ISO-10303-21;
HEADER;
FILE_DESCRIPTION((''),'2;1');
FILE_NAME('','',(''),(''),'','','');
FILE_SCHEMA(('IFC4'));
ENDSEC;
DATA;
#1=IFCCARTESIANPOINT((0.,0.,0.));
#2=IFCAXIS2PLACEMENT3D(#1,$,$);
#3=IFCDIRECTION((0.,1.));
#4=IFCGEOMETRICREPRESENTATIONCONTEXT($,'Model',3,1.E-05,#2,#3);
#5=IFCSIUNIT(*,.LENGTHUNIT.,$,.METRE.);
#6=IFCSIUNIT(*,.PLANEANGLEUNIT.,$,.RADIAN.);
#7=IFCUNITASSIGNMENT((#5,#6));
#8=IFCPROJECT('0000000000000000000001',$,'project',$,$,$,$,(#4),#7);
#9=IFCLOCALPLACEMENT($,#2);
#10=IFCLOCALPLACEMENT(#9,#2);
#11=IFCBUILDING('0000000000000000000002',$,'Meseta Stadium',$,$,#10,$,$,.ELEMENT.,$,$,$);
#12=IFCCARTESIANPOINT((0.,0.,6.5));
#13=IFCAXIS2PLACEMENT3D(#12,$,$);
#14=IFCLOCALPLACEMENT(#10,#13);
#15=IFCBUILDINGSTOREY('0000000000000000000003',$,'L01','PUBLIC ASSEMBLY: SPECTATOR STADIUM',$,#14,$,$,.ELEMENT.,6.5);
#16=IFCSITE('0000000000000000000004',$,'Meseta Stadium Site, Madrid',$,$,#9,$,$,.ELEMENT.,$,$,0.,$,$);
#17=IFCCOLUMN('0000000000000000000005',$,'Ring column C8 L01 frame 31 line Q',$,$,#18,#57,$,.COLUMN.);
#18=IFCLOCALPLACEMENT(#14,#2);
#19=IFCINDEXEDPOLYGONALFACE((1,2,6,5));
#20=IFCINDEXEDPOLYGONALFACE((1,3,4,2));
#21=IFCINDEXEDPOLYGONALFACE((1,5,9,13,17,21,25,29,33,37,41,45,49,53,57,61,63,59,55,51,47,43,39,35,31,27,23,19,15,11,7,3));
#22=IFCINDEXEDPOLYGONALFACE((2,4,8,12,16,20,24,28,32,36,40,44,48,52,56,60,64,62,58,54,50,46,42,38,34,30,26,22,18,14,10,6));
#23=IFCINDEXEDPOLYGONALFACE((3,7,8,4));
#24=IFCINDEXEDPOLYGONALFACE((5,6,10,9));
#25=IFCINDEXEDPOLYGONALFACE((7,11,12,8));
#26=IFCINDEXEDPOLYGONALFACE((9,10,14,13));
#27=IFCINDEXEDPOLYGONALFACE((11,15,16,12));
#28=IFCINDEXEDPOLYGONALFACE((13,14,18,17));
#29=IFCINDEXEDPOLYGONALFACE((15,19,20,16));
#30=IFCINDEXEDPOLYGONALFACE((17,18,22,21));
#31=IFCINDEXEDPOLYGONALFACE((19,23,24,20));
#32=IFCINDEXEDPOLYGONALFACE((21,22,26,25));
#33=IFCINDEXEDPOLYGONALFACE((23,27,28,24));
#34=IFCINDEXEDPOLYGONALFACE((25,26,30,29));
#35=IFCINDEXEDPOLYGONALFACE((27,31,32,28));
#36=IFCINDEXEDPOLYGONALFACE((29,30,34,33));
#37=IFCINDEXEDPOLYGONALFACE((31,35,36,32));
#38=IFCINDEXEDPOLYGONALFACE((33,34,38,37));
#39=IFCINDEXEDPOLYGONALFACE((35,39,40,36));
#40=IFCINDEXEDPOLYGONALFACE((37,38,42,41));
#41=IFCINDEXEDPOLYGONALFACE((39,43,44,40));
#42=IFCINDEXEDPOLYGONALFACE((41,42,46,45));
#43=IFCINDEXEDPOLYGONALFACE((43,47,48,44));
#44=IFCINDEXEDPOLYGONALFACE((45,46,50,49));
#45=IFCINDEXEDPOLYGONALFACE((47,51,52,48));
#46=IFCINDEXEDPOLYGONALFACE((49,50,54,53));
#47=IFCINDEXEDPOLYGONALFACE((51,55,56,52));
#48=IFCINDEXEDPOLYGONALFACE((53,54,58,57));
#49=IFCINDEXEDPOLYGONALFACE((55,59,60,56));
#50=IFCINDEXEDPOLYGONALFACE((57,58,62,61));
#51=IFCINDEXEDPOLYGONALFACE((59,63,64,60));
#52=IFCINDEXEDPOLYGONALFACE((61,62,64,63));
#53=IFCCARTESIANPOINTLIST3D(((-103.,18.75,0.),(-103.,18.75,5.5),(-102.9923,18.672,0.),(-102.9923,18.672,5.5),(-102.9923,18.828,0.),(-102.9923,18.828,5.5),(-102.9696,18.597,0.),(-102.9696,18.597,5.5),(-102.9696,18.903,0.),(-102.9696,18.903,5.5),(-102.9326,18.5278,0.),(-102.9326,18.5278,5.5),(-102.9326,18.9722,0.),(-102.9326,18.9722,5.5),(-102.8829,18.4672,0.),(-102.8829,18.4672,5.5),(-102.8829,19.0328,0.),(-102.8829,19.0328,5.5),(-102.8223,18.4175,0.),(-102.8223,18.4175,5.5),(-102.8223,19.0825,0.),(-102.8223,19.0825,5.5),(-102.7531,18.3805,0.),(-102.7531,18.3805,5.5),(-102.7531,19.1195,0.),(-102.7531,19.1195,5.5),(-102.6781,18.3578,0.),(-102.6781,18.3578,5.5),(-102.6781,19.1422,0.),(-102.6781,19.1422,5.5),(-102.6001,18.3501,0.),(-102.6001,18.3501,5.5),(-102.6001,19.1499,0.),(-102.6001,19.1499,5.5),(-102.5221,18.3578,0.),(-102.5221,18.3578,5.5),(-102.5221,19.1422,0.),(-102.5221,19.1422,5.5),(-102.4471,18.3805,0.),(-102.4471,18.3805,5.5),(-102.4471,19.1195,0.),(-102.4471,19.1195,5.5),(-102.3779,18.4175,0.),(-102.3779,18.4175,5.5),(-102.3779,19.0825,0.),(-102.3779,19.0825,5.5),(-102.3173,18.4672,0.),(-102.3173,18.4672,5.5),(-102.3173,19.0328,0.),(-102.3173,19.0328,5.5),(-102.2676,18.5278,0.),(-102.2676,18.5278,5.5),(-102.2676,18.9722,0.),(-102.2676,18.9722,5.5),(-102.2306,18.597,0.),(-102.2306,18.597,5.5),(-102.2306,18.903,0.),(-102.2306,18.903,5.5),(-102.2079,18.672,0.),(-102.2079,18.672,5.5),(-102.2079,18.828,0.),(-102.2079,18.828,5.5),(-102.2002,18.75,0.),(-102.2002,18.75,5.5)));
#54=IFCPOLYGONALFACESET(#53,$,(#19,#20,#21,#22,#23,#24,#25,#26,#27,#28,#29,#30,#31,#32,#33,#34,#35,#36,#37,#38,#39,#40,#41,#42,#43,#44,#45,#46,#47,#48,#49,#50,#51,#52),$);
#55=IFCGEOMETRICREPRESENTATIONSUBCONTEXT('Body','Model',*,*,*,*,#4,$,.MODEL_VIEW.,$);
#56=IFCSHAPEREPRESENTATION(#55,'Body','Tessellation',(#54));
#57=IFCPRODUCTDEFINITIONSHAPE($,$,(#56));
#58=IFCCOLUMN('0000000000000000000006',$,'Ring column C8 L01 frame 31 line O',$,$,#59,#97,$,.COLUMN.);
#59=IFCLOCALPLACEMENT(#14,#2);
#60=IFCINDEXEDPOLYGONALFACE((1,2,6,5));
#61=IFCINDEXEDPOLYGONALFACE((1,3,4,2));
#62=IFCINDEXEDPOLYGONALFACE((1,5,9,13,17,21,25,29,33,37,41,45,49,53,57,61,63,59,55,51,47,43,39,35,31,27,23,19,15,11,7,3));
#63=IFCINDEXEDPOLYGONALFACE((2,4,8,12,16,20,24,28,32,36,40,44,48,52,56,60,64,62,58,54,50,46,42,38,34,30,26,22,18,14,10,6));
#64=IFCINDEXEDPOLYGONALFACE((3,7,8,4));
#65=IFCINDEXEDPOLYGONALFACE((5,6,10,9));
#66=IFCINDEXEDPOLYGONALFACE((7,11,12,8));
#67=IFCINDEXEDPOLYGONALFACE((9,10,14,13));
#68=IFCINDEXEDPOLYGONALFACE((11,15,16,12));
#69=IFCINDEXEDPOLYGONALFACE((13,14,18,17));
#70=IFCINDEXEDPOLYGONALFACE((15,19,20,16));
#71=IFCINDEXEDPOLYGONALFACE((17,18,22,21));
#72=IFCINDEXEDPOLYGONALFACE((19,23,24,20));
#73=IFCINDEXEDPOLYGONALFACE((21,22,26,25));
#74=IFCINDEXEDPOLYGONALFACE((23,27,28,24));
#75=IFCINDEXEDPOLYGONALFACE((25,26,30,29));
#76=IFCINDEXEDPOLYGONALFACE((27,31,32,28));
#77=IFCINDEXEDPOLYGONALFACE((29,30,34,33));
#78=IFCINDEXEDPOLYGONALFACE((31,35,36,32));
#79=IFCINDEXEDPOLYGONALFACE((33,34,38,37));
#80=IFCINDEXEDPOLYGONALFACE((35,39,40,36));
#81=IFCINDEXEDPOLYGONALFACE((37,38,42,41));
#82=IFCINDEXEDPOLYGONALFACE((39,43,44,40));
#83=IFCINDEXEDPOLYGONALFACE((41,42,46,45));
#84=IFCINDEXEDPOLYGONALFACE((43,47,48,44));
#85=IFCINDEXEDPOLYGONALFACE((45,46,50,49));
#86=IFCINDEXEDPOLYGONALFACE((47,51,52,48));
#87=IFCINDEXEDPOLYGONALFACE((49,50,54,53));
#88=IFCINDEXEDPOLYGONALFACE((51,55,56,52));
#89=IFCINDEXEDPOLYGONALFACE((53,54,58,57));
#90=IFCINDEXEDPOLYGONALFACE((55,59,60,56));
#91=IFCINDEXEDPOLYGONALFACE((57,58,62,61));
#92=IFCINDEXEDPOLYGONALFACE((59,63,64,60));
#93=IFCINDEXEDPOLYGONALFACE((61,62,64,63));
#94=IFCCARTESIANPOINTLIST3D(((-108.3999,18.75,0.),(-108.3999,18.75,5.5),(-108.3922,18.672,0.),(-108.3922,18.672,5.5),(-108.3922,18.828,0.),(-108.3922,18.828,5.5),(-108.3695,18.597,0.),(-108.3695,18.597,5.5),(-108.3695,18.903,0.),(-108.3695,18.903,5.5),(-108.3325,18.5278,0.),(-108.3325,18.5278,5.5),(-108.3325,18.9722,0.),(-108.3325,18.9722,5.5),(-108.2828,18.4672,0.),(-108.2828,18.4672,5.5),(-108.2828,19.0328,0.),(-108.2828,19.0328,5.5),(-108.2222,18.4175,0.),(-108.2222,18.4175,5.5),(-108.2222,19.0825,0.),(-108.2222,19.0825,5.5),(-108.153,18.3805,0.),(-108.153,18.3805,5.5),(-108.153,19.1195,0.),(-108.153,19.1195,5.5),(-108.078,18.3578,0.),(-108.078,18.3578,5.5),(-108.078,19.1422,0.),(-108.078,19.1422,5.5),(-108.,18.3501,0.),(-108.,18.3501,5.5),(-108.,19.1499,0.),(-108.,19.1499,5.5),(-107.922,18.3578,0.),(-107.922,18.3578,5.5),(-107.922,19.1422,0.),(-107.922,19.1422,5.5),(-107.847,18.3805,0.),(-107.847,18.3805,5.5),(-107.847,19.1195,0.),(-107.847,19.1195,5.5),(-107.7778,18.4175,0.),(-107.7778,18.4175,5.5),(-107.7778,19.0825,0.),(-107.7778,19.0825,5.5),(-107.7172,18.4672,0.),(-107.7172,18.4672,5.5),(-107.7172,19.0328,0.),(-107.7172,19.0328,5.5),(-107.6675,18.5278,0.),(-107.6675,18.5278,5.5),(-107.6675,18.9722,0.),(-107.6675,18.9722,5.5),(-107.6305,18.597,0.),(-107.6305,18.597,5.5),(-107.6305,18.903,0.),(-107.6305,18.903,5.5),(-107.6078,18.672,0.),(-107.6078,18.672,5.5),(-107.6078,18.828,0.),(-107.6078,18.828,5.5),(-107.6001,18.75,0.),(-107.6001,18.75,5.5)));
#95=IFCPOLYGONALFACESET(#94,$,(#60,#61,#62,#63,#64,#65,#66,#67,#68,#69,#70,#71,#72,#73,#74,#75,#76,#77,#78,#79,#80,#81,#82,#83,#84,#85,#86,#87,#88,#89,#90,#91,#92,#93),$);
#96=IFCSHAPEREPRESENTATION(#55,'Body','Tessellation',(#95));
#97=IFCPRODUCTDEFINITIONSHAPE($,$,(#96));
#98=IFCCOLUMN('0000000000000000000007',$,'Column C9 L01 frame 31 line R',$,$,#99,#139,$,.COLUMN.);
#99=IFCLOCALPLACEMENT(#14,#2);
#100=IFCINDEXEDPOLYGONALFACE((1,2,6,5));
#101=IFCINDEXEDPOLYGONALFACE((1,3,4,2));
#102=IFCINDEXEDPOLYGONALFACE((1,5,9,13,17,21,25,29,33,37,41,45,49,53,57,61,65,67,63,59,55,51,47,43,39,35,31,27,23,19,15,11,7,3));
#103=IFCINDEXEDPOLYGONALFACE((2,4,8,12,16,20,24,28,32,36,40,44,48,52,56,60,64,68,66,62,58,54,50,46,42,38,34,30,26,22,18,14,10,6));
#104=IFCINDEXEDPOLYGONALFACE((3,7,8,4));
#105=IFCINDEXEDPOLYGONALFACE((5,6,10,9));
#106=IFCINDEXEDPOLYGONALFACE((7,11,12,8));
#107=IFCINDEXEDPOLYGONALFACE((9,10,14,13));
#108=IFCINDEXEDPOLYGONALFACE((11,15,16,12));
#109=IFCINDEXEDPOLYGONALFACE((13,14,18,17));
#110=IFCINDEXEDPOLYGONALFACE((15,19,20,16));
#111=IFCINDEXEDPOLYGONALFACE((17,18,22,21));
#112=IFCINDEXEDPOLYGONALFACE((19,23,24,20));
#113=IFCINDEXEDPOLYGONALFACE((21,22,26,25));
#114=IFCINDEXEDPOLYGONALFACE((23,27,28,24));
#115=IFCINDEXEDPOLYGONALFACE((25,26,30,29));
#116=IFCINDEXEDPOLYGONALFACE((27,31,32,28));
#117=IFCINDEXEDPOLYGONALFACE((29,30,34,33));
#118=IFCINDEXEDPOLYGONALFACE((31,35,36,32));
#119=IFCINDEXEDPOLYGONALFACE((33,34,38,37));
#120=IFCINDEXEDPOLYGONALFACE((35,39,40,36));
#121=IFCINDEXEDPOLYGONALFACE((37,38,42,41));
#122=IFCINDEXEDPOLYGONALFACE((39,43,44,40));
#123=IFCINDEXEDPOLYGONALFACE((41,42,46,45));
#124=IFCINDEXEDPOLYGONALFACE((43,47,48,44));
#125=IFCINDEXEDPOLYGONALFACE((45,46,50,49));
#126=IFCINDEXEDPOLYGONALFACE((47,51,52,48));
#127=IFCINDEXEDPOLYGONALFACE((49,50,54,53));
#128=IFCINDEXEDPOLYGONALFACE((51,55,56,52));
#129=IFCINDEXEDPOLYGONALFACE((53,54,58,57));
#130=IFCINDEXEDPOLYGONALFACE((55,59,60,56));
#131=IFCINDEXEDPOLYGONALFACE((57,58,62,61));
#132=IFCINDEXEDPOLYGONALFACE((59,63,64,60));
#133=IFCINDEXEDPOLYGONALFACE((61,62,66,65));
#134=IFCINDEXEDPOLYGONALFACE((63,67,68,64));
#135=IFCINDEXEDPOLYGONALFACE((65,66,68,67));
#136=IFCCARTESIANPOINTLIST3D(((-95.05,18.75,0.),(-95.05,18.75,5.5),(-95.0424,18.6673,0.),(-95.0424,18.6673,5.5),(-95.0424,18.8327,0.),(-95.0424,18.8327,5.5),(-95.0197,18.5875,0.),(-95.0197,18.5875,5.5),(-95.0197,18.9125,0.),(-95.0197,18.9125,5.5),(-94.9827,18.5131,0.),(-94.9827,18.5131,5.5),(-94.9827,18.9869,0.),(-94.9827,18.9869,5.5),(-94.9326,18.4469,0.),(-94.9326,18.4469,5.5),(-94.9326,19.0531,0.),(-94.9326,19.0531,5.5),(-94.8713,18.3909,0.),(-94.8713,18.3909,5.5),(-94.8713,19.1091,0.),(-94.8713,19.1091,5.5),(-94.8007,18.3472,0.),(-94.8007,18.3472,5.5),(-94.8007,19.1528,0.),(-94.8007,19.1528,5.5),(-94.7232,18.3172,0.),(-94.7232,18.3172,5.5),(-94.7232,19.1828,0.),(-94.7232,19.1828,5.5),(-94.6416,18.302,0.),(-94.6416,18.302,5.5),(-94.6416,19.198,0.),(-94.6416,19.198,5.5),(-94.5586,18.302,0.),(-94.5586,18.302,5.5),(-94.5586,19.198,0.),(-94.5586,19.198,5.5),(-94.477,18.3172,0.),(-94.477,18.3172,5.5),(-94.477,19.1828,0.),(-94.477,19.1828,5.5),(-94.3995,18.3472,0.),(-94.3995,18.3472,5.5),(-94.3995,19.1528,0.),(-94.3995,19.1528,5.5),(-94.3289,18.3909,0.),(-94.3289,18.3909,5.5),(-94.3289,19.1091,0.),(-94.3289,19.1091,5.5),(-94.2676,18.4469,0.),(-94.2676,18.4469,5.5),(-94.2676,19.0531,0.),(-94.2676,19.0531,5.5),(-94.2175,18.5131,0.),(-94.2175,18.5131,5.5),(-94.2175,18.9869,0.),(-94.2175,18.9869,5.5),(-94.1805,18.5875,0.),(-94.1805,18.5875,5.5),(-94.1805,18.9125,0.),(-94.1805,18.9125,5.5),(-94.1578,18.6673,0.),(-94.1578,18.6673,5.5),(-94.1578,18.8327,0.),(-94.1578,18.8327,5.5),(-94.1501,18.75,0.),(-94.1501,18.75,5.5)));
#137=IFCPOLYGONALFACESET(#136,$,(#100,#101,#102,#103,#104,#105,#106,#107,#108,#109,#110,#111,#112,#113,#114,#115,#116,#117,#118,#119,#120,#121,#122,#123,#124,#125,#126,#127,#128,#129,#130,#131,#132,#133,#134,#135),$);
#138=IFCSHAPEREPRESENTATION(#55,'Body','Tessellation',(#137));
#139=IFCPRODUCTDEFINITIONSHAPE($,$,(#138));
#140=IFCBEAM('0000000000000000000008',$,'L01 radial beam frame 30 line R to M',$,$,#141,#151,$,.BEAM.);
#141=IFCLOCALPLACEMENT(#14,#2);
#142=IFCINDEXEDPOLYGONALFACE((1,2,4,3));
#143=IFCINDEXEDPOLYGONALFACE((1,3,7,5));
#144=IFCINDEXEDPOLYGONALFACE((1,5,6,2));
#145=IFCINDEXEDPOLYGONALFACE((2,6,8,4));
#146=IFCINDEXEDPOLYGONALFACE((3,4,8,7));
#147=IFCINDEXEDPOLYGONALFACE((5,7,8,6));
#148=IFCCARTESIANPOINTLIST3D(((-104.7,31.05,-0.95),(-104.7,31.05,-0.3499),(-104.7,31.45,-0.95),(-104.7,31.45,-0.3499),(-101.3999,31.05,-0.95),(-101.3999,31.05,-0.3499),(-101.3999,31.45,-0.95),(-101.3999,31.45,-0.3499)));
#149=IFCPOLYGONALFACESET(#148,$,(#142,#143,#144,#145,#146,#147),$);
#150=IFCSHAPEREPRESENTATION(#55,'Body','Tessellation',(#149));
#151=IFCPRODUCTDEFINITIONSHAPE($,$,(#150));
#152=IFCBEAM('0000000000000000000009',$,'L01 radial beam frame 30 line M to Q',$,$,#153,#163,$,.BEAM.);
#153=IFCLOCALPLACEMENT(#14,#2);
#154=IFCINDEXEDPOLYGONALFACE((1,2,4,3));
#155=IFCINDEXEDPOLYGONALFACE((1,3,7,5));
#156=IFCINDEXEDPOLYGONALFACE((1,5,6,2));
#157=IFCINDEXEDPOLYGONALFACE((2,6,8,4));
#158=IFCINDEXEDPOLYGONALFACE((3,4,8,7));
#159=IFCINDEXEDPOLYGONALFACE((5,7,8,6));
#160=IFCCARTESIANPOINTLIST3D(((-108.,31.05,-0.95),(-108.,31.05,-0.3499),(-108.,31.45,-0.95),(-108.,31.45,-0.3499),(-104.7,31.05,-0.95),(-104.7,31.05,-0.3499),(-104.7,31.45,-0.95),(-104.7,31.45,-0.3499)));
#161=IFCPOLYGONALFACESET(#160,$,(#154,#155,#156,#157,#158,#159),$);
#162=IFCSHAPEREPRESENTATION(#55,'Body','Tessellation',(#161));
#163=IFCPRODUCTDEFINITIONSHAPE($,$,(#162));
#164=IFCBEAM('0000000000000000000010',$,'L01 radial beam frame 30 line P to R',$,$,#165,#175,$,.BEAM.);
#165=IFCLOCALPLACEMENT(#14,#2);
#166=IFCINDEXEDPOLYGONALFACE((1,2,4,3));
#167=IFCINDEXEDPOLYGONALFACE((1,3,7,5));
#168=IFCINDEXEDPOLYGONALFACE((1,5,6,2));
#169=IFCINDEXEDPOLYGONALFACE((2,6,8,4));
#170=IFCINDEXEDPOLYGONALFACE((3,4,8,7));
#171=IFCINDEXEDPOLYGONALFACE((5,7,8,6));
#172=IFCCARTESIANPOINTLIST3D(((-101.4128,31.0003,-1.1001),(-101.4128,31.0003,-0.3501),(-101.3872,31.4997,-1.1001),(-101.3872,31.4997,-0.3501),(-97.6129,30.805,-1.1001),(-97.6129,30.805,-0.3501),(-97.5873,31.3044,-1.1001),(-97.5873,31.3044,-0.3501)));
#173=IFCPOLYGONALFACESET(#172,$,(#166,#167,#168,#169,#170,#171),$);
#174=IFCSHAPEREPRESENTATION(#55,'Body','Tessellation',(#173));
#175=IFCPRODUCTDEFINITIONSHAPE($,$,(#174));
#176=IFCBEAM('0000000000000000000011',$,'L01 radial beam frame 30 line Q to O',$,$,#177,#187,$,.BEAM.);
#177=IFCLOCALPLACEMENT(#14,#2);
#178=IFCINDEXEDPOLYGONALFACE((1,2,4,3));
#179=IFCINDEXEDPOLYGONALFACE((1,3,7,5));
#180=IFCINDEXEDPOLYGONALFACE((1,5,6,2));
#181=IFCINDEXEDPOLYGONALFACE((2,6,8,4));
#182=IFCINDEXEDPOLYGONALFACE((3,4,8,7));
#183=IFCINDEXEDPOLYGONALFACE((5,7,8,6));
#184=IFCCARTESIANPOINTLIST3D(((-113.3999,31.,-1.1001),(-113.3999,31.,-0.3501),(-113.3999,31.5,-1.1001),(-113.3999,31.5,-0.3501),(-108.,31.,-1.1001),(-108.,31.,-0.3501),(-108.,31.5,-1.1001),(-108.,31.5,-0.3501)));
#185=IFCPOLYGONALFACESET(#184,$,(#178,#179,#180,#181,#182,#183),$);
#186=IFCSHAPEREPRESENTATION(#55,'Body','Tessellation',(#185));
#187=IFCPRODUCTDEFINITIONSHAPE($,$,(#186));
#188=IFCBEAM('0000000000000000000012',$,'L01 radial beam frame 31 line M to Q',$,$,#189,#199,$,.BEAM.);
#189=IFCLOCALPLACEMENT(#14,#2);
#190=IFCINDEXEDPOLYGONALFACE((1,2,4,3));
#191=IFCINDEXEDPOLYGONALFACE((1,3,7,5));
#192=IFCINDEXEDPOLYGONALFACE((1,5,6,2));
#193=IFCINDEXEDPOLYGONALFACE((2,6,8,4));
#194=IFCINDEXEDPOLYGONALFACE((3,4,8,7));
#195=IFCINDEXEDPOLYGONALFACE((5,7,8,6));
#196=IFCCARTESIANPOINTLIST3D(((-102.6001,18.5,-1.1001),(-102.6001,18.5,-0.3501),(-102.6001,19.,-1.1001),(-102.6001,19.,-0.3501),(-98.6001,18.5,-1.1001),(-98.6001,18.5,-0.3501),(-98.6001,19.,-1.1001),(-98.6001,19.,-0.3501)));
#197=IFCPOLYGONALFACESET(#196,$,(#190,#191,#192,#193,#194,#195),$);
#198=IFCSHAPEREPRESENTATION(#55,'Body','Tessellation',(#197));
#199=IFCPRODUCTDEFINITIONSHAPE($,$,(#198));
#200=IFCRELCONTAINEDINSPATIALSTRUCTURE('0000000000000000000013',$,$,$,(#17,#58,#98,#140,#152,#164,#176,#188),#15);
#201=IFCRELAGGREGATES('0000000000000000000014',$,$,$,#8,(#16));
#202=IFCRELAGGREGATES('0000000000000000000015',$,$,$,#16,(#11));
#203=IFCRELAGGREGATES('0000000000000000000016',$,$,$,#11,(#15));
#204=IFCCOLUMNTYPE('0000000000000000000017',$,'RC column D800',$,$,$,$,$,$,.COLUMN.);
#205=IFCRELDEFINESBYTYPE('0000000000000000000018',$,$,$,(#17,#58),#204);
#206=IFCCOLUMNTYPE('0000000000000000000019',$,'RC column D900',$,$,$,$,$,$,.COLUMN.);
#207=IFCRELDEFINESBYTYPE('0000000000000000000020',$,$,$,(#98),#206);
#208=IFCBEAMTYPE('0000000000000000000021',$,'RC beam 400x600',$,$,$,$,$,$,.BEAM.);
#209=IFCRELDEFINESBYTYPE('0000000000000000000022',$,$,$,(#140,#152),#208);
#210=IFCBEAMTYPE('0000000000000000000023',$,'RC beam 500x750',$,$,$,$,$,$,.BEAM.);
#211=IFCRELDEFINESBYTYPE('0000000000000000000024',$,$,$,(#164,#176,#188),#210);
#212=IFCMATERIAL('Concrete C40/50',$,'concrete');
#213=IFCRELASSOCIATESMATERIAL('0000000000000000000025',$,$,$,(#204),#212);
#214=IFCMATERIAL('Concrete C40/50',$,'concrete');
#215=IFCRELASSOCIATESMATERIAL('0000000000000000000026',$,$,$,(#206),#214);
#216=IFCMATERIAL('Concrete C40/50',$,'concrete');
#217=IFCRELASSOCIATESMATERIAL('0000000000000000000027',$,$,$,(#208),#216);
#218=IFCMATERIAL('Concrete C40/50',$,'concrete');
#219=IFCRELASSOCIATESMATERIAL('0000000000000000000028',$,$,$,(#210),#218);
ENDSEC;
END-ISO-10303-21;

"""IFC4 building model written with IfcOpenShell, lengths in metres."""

from ifc_helpers import new_model, si_unit, direction, frame, origin, origin_2d, place, context, subcontext, project, spatial, rectangle, circle, extrude, material, material_profile, profile_set, type_object, element, save


model = new_model("IFC4")

# Units and contexts
model_context = context("Model", 3, precision=1e-05, world=origin(), true_north=direction((0.0, 1.0)))
body_context = subcontext(model_context, "Body", "Model", "MODEL_VIEW")
ifc_project = project(units=[si_unit("LENGTHUNIT", "METRE"), si_unit("PLANEANGLEUNIT", "RADIAN")], contexts=[model_context])

# Site, building, storey
site_placement = place(None, origin())
site = spatial("IfcSite", under=ifc_project, at=site_placement, Name="Meseta Stadium Site, Madrid", CompositionType="ELEMENT", RefElevation=0.0)
building_placement = place(site_placement, origin())
building = spatial("IfcBuilding", under=site, at=building_placement, Name="Meseta Stadium", CompositionType="ELEMENT")
storey_placement = place(building_placement, frame((0.0, 0.0, 6.5)))
storey = spatial("IfcBuildingStorey", under=building, at=storey_placement, Name="L01", Description="PUBLIC ASSEMBLY: SPECTATOR STADIUM", CompositionType="ELEMENT", Elevation=6.5)

# Columns
ifc_material_1 = material(Name="Concrete C40/50", Category="concrete")
ifc_material_profile_1 = material_profile(ifc_material_1, circle(Radius=0.3999, at=origin_2d()), Name="RC D800")
ifc_profile_set_1 = profile_set([ifc_material_profile_1], Name="Concrete C40/50")
column_type_1 = type_object("IfcColumnType", Name="RC column D800", PredefinedType="COLUMN", material=ifc_profile_set_1)
for number, where, z_axis, x_axis, name in (
    (1, (-102.6001, 18.75, 0.0), (0.0, 0.0, 1.0), (1.0, 0.0, 0.0), "Ring column C8 L01 frame 31 line Q"),
    (2, (-108.0, 18.75, 0.0), (0.0, 0.0, 1.0), (1.0, 0.0, 0.0), "Ring column C8 L01 frame 31 line O"),
):
    element("IfcColumn", number, at=place(storey_placement, frame(where, z_axis=z_axis, x_axis=x_axis)), inside=storey, type_object=column_type_1, Name=name, PredefinedType="COLUMN", context=body_context, shape_type="SweptSolid", body=[
        extrude(circle(Radius=0.3999, at=origin_2d()), origin(), (0.0, 0.0, 1.0), 5.5),
    ])
ifc_material_2 = material(Name="Concrete C40/50", Category="concrete")
ifc_material_profile_2 = material_profile(ifc_material_2, circle(Radius=0.45, at=origin_2d()), Name="RC D900")
ifc_profile_set_2 = profile_set([ifc_material_profile_2], Name="Concrete C40/50")
column_type_2 = type_object("IfcColumnType", Name="RC column D900", PredefinedType="COLUMN", material=ifc_profile_set_2)
column_1_placement = place(storey_placement, frame((-94.6001, 18.75, 0.0), z_axis=(0.0, 0.0, 1.0), x_axis=(1.0, 0.0, 0.0)))
element("IfcColumn", 3, at=column_1_placement, inside=storey, type_object=column_type_2, Name="Column C9 L01 frame 31 line R", PredefinedType="COLUMN", context=body_context, shape_type="SweptSolid", body=[
    extrude(circle(Radius=0.45, at=origin_2d()), origin(), (0.0, 0.0, 1.0), 5.5),
])

# Beams
ifc_material_3 = material(Name="Concrete C40/50", Category="concrete")
ifc_material_profile_3 = material_profile(ifc_material_3, rectangle(XDim=0.3999, YDim=0.6001, at=origin_2d()), Name="RC 400x600")
ifc_profile_set_3 = profile_set([ifc_material_profile_3], Name="Concrete C40/50")
beam_type_1 = type_object("IfcBeamType", Name="RC beam 400x600", PredefinedType="BEAM", material=ifc_profile_set_3)
for number, where, z_axis, x_axis, name in (
    (4, (-101.3999, 31.25, -0.6499), (-1.0, 0.0, 0.0), (0.0, -1.0, 0.0), "L01 radial beam frame 30 line R to M"),
    (5, (-104.7, 31.25, -0.6499), (-1.0, 0.0, 0.0), (0.0, -1.0, 0.0), "L01 radial beam frame 30 line M to Q"),
):
    element("IfcBeam", number, at=place(storey_placement, frame(where, z_axis=z_axis, x_axis=x_axis)), inside=storey, type_object=beam_type_1, Name=name, PredefinedType="BEAM", context=body_context, shape_type="SweptSolid", body=[
        extrude(rectangle(XDim=0.3999, YDim=0.6001, at=origin_2d()), origin(), (0.0, 0.0, 1.0), 3.3),
    ])
ifc_material_4 = material(Name="Concrete C40/50", Category="concrete")
ifc_material_profile_4 = material_profile(ifc_material_4, rectangle(XDim=0.5, YDim=0.75, at=origin_2d()), Name="RC 500x750")
ifc_profile_set_4 = profile_set([ifc_material_profile_4], Name="Concrete C40/50")
beam_type_2 = type_object("IfcBeamType", Name="RC beam 500x750", PredefinedType="BEAM", material=ifc_profile_set_4)
beam_1_placement = place(storey_placement, frame((-97.6001, 31.0547, -0.7251), z_axis=(-0.998682, 0.051333, 0.0), x_axis=(-0.051333, -0.998682, 0.0)))
element("IfcBeam", 6, at=beam_1_placement, inside=storey, type_object=beam_type_2, Name="L01 radial beam frame 30 line P to R", PredefinedType="BEAM", context=body_context, shape_type="SweptSolid", body=[
    extrude(rectangle(XDim=0.5, YDim=0.75, at=origin_2d()), origin(), (0.0, 0.0, 1.0), 3.8049),
])
beam_2_placement = place(storey_placement, frame((-108.0, 31.25, -0.7251), z_axis=(-1.0, 0.0, 0.0), x_axis=(0.0, -1.0, 0.0)))
element("IfcBeam", 7, at=beam_2_placement, inside=storey, type_object=beam_type_2, Name="L01 radial beam frame 30 line Q to O", PredefinedType="BEAM", context=body_context, shape_type="SweptSolid", body=[
    extrude(rectangle(XDim=0.5, YDim=0.75, at=origin_2d()), origin(), (0.0, 0.0, 1.0), 5.3999),
])
beam_3_placement = place(storey_placement, frame((-98.6001, 18.75, -0.7251), z_axis=(-1.0, 0.0, 0.0), x_axis=(0.0, -1.0, 0.0)))
element("IfcBeam", 8, at=beam_3_placement, inside=storey, type_object=beam_type_2, Name="L01 radial beam frame 31 line M to Q", PredefinedType="BEAM", context=body_context, shape_type="SweptSolid", body=[
    extrude(rectangle(XDim=0.5, YDim=0.75, at=origin_2d()), origin(), (0.0, 0.0, 1.0), 4.0),
])

save(model, "model.ifc")
